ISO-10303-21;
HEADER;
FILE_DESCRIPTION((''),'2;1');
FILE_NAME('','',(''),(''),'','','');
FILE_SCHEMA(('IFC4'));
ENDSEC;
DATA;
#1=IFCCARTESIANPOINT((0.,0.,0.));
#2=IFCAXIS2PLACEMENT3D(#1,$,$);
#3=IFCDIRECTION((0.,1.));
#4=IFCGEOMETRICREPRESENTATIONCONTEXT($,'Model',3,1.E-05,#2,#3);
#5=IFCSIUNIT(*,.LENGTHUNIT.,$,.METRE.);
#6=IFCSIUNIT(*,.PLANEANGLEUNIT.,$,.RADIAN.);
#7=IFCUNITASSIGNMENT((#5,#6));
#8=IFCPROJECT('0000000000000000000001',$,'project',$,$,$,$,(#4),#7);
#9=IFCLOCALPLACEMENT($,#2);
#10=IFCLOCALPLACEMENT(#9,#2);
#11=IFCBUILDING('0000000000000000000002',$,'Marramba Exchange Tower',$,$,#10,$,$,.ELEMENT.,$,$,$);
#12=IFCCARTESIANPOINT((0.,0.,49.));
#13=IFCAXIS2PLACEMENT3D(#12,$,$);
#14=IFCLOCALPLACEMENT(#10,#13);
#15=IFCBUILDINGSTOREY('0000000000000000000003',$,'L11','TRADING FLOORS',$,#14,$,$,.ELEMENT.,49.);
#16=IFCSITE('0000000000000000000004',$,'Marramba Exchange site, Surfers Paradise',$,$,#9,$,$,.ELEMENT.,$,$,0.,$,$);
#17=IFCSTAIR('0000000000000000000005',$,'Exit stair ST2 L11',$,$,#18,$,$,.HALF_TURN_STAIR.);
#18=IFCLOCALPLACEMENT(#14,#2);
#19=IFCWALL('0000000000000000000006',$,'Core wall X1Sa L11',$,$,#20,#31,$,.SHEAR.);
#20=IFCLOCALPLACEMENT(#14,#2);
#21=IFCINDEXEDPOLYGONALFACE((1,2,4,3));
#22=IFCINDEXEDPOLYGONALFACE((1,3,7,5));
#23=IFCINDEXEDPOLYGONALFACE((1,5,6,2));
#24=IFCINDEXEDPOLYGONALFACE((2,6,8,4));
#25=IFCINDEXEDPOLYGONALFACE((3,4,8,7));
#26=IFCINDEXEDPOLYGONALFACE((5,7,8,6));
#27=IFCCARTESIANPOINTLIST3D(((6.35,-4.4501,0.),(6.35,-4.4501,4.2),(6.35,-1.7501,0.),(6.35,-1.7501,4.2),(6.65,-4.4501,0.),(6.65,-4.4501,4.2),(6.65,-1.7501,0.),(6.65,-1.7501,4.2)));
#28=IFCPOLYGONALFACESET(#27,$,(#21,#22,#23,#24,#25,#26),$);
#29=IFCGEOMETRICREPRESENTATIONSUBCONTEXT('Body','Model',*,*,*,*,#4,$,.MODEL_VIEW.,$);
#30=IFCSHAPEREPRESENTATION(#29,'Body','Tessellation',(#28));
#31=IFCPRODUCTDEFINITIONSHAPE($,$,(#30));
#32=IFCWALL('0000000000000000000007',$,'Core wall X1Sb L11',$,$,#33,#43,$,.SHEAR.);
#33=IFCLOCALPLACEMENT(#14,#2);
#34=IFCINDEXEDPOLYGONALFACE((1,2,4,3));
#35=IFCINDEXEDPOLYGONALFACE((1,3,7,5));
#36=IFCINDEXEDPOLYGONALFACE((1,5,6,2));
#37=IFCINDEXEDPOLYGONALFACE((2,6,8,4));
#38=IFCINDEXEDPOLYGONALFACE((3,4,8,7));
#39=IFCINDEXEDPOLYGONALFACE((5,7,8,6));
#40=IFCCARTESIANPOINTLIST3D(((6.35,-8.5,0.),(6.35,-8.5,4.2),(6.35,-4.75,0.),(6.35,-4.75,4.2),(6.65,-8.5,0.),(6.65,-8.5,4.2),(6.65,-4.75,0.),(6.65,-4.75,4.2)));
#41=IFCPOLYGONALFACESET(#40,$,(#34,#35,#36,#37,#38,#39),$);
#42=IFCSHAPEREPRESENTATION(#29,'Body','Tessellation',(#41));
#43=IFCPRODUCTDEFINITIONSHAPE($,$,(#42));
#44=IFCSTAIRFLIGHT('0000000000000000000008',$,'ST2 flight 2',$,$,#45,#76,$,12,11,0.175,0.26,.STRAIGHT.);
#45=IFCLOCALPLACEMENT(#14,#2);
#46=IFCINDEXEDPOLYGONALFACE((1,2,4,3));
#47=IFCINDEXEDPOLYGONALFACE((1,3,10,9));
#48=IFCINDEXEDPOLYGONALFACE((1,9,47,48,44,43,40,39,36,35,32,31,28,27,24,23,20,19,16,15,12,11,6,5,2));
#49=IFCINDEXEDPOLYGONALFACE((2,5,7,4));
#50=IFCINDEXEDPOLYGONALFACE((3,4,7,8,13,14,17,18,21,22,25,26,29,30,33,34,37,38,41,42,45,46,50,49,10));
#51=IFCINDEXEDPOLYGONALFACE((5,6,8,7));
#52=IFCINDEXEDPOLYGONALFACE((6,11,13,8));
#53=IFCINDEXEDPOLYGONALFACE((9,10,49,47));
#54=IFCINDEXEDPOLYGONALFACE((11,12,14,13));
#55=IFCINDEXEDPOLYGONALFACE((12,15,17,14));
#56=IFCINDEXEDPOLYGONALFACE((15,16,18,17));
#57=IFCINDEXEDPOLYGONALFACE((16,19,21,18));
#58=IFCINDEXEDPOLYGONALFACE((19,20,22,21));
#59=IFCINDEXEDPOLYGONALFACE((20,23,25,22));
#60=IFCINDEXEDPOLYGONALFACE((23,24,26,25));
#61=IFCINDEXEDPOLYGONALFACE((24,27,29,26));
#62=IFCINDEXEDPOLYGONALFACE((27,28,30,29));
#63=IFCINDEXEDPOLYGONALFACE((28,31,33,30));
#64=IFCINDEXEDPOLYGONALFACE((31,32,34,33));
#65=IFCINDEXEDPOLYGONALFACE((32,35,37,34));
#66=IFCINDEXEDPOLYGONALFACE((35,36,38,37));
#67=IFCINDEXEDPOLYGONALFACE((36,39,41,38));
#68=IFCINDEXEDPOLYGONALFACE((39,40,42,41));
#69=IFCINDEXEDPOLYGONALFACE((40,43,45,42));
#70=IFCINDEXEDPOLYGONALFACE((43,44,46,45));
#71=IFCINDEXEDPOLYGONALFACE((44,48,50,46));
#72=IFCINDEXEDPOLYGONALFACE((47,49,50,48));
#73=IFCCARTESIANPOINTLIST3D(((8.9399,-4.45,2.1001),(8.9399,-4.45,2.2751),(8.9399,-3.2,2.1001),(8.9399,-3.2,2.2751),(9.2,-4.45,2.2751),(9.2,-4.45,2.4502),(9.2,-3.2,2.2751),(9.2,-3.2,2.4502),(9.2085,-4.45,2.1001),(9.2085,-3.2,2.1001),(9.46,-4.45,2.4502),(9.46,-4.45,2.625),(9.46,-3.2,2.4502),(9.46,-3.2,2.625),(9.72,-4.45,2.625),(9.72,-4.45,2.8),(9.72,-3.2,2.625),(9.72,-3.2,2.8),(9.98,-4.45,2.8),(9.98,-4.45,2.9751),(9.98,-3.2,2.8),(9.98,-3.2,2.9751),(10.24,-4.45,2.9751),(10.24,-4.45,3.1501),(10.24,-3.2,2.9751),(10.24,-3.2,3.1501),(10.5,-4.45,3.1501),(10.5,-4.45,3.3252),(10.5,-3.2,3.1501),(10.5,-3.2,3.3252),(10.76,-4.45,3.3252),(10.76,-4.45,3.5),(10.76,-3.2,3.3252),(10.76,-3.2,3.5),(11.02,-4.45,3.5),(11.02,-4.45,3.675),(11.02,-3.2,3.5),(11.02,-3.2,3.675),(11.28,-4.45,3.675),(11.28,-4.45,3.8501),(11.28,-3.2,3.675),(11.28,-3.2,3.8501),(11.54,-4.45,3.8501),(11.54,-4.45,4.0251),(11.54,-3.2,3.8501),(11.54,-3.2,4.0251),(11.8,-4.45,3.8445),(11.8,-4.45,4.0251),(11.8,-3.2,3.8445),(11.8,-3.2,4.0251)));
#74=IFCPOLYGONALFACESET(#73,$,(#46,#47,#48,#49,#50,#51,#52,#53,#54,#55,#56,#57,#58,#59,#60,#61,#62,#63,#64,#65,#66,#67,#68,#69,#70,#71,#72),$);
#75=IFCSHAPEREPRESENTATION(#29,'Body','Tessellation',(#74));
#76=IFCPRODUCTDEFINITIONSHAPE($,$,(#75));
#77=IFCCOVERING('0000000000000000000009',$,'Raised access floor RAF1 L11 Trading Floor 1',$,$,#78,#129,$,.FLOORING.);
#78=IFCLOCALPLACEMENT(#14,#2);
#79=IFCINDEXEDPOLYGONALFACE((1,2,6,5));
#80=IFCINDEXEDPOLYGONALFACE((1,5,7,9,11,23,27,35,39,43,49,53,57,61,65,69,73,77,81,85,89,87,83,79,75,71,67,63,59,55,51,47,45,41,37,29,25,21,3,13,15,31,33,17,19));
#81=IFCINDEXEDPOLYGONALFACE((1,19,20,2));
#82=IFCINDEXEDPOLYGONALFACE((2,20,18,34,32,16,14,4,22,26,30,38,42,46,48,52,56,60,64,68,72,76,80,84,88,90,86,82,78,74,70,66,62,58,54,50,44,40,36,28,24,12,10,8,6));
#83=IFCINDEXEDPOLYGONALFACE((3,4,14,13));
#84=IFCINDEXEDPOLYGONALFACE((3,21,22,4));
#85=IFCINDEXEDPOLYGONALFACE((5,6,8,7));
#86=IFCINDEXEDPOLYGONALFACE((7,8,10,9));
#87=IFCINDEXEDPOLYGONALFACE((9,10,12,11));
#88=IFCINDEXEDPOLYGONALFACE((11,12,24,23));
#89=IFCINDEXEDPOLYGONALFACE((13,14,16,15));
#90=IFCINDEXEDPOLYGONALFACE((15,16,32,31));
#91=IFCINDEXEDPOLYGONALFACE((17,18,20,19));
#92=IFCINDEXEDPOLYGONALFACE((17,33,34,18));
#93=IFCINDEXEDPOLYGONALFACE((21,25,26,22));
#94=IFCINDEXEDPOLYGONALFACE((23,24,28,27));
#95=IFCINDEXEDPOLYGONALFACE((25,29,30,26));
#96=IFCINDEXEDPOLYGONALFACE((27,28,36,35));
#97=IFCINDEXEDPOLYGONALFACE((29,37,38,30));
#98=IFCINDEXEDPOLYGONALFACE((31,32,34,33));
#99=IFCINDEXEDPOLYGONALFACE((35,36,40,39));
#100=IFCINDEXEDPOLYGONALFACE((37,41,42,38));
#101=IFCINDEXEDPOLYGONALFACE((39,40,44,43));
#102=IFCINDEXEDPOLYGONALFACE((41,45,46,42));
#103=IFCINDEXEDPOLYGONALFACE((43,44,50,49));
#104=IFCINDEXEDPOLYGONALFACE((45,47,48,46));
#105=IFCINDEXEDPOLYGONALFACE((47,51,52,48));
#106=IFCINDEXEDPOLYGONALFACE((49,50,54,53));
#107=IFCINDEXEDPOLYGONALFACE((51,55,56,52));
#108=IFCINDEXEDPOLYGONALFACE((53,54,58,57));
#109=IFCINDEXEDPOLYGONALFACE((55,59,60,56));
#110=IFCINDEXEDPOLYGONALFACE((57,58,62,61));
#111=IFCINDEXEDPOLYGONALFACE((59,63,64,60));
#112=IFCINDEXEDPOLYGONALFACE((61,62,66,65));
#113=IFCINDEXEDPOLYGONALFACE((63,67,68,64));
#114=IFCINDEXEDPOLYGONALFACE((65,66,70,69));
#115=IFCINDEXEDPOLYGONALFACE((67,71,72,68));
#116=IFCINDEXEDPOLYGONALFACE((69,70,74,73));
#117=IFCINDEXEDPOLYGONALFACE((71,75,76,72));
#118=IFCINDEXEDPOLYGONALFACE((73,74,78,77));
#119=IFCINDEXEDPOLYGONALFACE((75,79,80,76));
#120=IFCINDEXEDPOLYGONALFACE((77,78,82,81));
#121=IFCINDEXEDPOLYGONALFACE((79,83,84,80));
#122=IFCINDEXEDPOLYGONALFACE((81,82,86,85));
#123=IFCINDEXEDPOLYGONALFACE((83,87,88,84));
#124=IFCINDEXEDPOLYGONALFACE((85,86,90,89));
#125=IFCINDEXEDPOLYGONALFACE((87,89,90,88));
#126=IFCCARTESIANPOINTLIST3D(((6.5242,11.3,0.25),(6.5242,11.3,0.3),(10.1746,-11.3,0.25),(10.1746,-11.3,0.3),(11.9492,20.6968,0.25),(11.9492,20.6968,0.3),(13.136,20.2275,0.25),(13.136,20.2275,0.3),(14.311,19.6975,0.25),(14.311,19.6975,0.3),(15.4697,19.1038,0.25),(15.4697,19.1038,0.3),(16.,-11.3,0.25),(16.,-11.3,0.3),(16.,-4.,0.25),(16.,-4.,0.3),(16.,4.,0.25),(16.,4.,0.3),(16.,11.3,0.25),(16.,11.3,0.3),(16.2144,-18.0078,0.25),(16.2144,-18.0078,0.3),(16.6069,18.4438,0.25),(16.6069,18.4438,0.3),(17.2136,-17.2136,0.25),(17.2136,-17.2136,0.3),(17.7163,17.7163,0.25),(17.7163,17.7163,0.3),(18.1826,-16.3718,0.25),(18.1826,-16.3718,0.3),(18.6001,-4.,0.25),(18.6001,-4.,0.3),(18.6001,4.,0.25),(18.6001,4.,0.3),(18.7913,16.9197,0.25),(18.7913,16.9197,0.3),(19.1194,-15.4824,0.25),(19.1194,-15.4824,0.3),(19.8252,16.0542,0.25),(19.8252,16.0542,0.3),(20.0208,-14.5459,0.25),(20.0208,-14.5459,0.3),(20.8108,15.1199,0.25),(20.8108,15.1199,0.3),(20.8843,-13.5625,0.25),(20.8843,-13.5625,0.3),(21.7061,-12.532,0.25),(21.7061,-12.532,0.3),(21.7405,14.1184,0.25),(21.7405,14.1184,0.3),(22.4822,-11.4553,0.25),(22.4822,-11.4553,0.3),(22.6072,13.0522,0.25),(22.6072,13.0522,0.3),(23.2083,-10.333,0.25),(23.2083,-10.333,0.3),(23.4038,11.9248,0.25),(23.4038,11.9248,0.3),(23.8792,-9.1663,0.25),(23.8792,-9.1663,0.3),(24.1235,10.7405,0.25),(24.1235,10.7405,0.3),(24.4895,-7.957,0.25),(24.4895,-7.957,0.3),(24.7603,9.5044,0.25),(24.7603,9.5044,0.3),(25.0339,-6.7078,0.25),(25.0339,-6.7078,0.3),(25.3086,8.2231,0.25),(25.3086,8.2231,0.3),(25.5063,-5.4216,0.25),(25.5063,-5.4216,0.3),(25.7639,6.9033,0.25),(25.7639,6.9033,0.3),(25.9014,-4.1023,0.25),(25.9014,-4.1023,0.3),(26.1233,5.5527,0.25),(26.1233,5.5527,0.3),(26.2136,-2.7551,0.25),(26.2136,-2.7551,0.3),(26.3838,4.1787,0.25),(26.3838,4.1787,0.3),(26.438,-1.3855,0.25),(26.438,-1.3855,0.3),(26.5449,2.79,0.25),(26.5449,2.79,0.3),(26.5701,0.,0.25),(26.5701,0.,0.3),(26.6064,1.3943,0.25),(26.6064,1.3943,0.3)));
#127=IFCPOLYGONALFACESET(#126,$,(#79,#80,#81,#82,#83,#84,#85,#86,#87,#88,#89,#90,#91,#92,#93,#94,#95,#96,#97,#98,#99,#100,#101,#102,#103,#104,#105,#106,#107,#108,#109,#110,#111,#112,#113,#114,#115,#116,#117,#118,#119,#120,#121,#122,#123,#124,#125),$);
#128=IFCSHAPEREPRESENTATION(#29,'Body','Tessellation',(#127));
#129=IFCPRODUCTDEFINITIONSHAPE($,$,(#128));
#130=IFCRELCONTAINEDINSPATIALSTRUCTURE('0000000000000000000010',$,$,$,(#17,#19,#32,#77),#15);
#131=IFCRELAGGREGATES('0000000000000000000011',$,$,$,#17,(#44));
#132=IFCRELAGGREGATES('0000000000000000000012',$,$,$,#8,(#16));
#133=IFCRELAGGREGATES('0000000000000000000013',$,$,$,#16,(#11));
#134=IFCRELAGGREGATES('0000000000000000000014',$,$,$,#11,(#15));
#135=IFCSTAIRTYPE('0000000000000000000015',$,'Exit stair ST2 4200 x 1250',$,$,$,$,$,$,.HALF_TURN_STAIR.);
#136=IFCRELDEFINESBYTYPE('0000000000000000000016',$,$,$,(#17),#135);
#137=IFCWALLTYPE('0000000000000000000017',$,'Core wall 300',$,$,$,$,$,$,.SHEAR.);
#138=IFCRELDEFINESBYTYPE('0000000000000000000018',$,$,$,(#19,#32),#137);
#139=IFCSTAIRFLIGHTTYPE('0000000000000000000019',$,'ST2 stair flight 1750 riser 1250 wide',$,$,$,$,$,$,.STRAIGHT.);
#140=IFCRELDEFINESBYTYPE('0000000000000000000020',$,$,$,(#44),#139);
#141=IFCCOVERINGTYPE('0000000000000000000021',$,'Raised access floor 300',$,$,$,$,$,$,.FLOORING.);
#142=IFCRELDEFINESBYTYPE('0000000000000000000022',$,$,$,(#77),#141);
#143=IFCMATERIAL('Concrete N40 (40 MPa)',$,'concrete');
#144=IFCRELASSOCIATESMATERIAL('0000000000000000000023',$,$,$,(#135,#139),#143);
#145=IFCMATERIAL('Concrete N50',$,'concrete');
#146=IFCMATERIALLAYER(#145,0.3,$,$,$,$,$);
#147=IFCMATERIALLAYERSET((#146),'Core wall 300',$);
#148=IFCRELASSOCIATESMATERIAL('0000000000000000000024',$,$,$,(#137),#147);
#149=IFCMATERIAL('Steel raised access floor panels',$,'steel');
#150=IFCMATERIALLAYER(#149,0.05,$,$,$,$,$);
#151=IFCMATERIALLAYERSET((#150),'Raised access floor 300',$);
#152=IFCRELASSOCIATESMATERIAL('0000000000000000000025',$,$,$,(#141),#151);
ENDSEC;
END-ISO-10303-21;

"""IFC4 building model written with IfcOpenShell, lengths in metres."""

from ifc_helpers import new_model, si_unit, direction, frame, frame_2d, origin, place, context, subcontext, project, spatial, polyline, rectangle, outline, extrude, material, layer, layer_set, type_object, element, aggregate, save


model = new_model("IFC4")

# Units and contexts
model_context = context("Model", 3, precision=1e-05, world=origin(), true_north=direction((0.0, 1.0)))
body_context = subcontext(model_context, "Body", "Model", "MODEL_VIEW")
ifc_project = project(units=[si_unit("LENGTHUNIT", "METRE"), si_unit("PLANEANGLEUNIT", "RADIAN")], contexts=[model_context])

# Site, building, storey
site_placement = place(None, origin())
site = spatial("IfcSite", under=ifc_project, at=site_placement, Name="Marramba Exchange site, Surfers Paradise", CompositionType="ELEMENT", RefElevation=0.0)
building_placement = place(site_placement, origin())
building = spatial("IfcBuilding", under=site, at=building_placement, Name="Marramba Exchange Tower", CompositionType="ELEMENT")
storey_placement = place(building_placement, frame((0.0, 0.0, 49.0)))
storey = spatial("IfcBuildingStorey", under=building, at=storey_placement, Name="L11", Description="TRADING FLOORS", CompositionType="ELEMENT", Elevation=49.0)

# Stair
ifc_material_1 = material(Name="Concrete N40 (40 MPa)", Category="concrete")
stair_type_1 = type_object("IfcStairType", Name="Exit stair ST2 4200 x 1250", PredefinedType="HALF_TURN_STAIR", material=ifc_material_1)
stair_1_placement = place(storey_placement, origin())
stair_1 = element("IfcStair", 1, at=stair_1_placement, inside=storey, type_object=stair_type_1, Name="Exit stair ST2 L11", PredefinedType="HALF_TURN_STAIR")

# Walls
ifc_material_2 = material(Name="Concrete N50", Category="concrete")
ifc_layer_1 = layer(ifc_material_2, 0.3)
ifc_layer_set_1 = layer_set([ifc_layer_1], Name="Core wall 300")
wall_type_1 = type_object("IfcWallType", Name="Core wall 300", PredefinedType="SHEAR", material=ifc_layer_set_1)
wall_1_placement = place(storey_placement, frame((6.5, -1.75, 0.0), z_axis=(0.0, 0.0, 1.0), x_axis=(0.0, -1.0, 0.0)))
element("IfcWall", 2, at=wall_1_placement, inside=storey, type_object=wall_type_1, Name="Core wall X1Sa L11", PredefinedType="SHEAR", context=body_context, shape_type="SweptSolid", body=[
    extrude(rectangle(XDim=2.7, YDim=0.3, at=frame_2d((1.3501, 0.0))), origin(), (0.0, 0.0, 1.0), 4.2),
])
wall_2_placement = place(storey_placement, frame((6.5, -4.75, 0.0), z_axis=(0.0, 0.0, 1.0), x_axis=(0.0, -1.0, 0.0)))
element("IfcWall", 3, at=wall_2_placement, inside=storey, type_object=wall_type_1, Name="Core wall X1Sb L11", PredefinedType="SHEAR", context=body_context, shape_type="SweptSolid", body=[
    extrude(rectangle(XDim=3.75, YDim=0.3, at=frame_2d((1.875, 0.0))), origin(), (0.0, 0.0, 1.0), 4.2),
])

# Stair flight
stair_flight_type = type_object("IfcStairFlightType", Name="ST2 stair flight 1750 riser 1250 wide", PredefinedType="STRAIGHT", material=ifc_material_1)
stair_flight_placement = place(storey_placement, frame((8.9399, -3.825, 2.1001), z_axis=(0.0, 0.0, 1.0), x_axis=(1.0, 0.0, 0.0)))
stair_flight = element("IfcStairFlight", 4, at=stair_flight_placement, type_object=stair_flight_type, Name="ST2 flight 2", NumberOfRisers=12, NumberOfTreads=11, PredefinedType="STRAIGHT", RiserHeight=0.175, TreadLength=0.26, context=body_context, shape_type="SweptSolid", body=[
    extrude(outline(polyline([(0.0, 0.0), (0.0, 0.175), (0.26, 0.175), (0.26, 0.3501), (0.52, 0.3501), (0.52, 0.5249), (0.78, 0.5249), (0.78, 0.7), (1.04, 0.7), (1.04, 0.875), (1.3, 0.875), (1.3, 1.05), (1.5601, 1.05), (1.5601, 1.2251), (1.8201, 1.2251), (1.8201, 1.3999), (2.0801, 1.3999), (2.0801, 1.575), (2.3401, 1.575), (2.3401, 1.75), (2.6001, 1.75), (2.6001, 1.925), (2.8601, 1.925), (2.8601, 2.1001), (2.8601, 1.7444), (0.2686, 0.0), (0.0, 0.0)])), frame((0.0, 0.625, 0.0), z_axis=(0.0, -1.0, 0.0), x_axis=(1.0, 0.0, 0.0)), (0.0, 0.0, 1.0), 1.25),
])
aggregate(stair_1, [stair_flight])

# Covering
ifc_material_3 = material(Name="Steel raised access floor panels", Category="steel")
ifc_layer_2 = layer(ifc_material_3, 0.05)
ifc_layer_set_2 = layer_set([ifc_layer_2], Name="Raised access floor 300")
covering_type_1 = type_object("IfcCoveringType", Name="Raised access floor 300", PredefinedType="FLOORING", material=ifc_layer_set_2)
covering_1_placement = place(storey_placement, frame((0.0, 0.0, 0.25)))
element("IfcCovering", 5, at=covering_1_placement, inside=storey, type_object=covering_type_1, Name="Raised access floor RAF1 L11 Trading Floor 1", PredefinedType="FLOORING", context=body_context, shape_type="SweptSolid", body=[
    extrude(outline(polyline([(16.0, -4.0), (18.6001, -4.0), (18.6001, 4.0), (16.0, 4.0), (16.0, 11.3), (6.5242, 11.3), (11.9492, 20.6968), (13.136, 20.2275), (14.311, 19.6975), (15.4697, 19.1038), (16.6069, 18.4438), (17.7163, 17.7163), (18.7913, 16.9197), (19.8252, 16.0542), (20.8108, 15.1199), (21.7405, 14.1184), (22.6072, 13.0522), (23.4038, 11.9248), (24.1235, 10.7405), (24.7603, 9.5044), (25.3086, 8.2231), (25.7639, 6.9033), (26.1233, 5.5527), (26.3838, 4.1787), (26.5449, 2.79), (26.6064, 1.3943), (26.5701, 0.0), (26.438, -1.3855), (26.2136, -2.7551), (25.9014, -4.1023), (25.5063, -5.4216), (25.0339, -6.7078), (24.4895, -7.957), (23.8792, -9.1663), (23.2083, -10.333), (22.4822, -11.4553), (21.7061, -12.532), (20.8843, -13.5625), (20.0208, -14.5459), (19.1194, -15.4824), (18.1826, -16.3718), (17.2136, -17.2136), (16.2144, -18.0078), (10.1746, -11.3), (16.0, -11.3), (16.0, -4.0)])), origin(), (0.0, 0.0, 1.0), 0.05),
])

save(model, "model.ifc")
